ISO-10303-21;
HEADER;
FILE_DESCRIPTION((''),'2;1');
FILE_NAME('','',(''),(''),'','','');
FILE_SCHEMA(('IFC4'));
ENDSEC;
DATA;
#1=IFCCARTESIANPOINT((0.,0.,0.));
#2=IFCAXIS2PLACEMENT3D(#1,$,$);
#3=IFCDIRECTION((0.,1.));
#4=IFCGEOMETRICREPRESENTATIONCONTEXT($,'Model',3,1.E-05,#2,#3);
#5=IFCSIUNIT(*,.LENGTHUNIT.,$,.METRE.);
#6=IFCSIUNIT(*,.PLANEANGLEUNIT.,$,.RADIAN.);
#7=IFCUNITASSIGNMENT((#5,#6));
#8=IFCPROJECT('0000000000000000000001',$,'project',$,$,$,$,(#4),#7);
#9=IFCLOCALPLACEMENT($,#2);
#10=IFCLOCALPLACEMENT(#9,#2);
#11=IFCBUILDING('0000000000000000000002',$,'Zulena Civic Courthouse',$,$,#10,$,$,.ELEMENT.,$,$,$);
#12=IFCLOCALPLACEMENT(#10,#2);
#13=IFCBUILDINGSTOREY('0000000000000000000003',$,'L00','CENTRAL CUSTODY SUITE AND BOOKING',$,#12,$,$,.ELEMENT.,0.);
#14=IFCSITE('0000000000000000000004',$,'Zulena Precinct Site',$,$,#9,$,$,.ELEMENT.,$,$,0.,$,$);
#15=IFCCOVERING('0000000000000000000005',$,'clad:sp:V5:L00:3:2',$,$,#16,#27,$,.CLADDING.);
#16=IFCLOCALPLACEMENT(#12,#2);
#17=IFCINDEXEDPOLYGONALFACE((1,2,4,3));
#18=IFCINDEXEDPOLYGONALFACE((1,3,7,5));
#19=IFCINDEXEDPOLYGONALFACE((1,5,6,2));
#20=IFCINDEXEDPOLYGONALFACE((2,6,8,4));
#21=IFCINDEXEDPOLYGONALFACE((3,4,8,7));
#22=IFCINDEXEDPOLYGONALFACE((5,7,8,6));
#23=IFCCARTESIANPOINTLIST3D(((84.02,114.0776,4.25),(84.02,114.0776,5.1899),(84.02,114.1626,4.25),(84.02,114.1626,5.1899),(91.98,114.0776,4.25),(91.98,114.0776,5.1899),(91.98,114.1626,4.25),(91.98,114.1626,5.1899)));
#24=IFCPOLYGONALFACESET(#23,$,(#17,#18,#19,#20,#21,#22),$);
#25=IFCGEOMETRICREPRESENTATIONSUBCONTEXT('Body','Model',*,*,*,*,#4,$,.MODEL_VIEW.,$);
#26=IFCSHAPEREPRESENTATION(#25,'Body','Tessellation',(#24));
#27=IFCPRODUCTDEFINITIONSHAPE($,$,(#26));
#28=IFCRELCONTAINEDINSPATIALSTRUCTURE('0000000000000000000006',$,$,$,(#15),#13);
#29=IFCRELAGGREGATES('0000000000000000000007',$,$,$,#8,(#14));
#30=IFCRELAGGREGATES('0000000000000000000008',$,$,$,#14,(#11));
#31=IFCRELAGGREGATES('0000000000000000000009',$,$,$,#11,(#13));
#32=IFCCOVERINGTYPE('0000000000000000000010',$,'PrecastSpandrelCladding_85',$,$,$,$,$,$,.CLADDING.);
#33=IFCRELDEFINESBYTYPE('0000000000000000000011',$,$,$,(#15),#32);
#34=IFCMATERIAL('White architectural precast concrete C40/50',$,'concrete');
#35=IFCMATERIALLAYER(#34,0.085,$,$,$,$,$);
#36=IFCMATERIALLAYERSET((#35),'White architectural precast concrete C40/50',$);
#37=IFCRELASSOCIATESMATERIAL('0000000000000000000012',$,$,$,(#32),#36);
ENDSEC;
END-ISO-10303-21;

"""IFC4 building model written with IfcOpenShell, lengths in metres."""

from ifc_helpers import new_model, si_unit, direction, frame, origin, origin_2d, place, context, subcontext, project, spatial, rectangle, extrude, material, layer, layer_set, type_object, element, save


model = new_model("IFC4")

# Units and contexts
model_context = context("Model", 3, precision=1e-05, world=origin(), true_north=direction((0.0, 1.0)))
body_context = subcontext(model_context, "Body", "Model", "MODEL_VIEW")
ifc_project = project(units=[si_unit("LENGTHUNIT", "METRE"), si_unit("PLANEANGLEUNIT", "RADIAN")], contexts=[model_context])

# Site, building, storey
site_placement = place(None, origin())
site = spatial("IfcSite", under=ifc_project, at=site_placement, Name="Zulena Precinct Site", CompositionType="ELEMENT", RefElevation=0.0)
building_placement = place(site_placement, origin())
building = spatial("IfcBuilding", under=site, at=building_placement, Name="Zulena Civic Courthouse", CompositionType="ELEMENT")
storey_placement = place(building_placement, origin())
storey = spatial("IfcBuildingStorey", under=building, at=storey_placement, Name="L00", Description="CENTRAL CUSTODY SUITE AND BOOKING", CompositionType="ELEMENT", Elevation=0.0)

# Covering
ifc_material_1 = material(Name="White architectural precast concrete C40/50", Category="concrete")
ifc_layer_1 = layer(ifc_material_1, 0.085)
ifc_layer_set_1 = layer_set([ifc_layer_1], Name="White architectural precast concrete C40/50")
covering_type = type_object("IfcCoveringType", Name="PrecastSpandrelCladding_85", PredefinedType="CLADDING", material=ifc_layer_set_1)
covering_placement = place(storey_placement, frame((88.0, 114.1201, 4.25), z_axis=(0.0, 0.0, 1.0), x_axis=(1.0, 0.0, 0.0)))
element("IfcCovering", 1, at=covering_placement, inside=storey, type_object=covering_type, Name="clad:sp:V5:L00:3:2", PredefinedType="CLADDING", context=body_context, shape_type="SweptSolid", body=[
    extrude(rectangle(XDim=7.96, YDim=0.085, at=origin_2d()), origin(), (0.0, 0.0, 1.0), 0.9399),
])

save(model, "model.ifc")
